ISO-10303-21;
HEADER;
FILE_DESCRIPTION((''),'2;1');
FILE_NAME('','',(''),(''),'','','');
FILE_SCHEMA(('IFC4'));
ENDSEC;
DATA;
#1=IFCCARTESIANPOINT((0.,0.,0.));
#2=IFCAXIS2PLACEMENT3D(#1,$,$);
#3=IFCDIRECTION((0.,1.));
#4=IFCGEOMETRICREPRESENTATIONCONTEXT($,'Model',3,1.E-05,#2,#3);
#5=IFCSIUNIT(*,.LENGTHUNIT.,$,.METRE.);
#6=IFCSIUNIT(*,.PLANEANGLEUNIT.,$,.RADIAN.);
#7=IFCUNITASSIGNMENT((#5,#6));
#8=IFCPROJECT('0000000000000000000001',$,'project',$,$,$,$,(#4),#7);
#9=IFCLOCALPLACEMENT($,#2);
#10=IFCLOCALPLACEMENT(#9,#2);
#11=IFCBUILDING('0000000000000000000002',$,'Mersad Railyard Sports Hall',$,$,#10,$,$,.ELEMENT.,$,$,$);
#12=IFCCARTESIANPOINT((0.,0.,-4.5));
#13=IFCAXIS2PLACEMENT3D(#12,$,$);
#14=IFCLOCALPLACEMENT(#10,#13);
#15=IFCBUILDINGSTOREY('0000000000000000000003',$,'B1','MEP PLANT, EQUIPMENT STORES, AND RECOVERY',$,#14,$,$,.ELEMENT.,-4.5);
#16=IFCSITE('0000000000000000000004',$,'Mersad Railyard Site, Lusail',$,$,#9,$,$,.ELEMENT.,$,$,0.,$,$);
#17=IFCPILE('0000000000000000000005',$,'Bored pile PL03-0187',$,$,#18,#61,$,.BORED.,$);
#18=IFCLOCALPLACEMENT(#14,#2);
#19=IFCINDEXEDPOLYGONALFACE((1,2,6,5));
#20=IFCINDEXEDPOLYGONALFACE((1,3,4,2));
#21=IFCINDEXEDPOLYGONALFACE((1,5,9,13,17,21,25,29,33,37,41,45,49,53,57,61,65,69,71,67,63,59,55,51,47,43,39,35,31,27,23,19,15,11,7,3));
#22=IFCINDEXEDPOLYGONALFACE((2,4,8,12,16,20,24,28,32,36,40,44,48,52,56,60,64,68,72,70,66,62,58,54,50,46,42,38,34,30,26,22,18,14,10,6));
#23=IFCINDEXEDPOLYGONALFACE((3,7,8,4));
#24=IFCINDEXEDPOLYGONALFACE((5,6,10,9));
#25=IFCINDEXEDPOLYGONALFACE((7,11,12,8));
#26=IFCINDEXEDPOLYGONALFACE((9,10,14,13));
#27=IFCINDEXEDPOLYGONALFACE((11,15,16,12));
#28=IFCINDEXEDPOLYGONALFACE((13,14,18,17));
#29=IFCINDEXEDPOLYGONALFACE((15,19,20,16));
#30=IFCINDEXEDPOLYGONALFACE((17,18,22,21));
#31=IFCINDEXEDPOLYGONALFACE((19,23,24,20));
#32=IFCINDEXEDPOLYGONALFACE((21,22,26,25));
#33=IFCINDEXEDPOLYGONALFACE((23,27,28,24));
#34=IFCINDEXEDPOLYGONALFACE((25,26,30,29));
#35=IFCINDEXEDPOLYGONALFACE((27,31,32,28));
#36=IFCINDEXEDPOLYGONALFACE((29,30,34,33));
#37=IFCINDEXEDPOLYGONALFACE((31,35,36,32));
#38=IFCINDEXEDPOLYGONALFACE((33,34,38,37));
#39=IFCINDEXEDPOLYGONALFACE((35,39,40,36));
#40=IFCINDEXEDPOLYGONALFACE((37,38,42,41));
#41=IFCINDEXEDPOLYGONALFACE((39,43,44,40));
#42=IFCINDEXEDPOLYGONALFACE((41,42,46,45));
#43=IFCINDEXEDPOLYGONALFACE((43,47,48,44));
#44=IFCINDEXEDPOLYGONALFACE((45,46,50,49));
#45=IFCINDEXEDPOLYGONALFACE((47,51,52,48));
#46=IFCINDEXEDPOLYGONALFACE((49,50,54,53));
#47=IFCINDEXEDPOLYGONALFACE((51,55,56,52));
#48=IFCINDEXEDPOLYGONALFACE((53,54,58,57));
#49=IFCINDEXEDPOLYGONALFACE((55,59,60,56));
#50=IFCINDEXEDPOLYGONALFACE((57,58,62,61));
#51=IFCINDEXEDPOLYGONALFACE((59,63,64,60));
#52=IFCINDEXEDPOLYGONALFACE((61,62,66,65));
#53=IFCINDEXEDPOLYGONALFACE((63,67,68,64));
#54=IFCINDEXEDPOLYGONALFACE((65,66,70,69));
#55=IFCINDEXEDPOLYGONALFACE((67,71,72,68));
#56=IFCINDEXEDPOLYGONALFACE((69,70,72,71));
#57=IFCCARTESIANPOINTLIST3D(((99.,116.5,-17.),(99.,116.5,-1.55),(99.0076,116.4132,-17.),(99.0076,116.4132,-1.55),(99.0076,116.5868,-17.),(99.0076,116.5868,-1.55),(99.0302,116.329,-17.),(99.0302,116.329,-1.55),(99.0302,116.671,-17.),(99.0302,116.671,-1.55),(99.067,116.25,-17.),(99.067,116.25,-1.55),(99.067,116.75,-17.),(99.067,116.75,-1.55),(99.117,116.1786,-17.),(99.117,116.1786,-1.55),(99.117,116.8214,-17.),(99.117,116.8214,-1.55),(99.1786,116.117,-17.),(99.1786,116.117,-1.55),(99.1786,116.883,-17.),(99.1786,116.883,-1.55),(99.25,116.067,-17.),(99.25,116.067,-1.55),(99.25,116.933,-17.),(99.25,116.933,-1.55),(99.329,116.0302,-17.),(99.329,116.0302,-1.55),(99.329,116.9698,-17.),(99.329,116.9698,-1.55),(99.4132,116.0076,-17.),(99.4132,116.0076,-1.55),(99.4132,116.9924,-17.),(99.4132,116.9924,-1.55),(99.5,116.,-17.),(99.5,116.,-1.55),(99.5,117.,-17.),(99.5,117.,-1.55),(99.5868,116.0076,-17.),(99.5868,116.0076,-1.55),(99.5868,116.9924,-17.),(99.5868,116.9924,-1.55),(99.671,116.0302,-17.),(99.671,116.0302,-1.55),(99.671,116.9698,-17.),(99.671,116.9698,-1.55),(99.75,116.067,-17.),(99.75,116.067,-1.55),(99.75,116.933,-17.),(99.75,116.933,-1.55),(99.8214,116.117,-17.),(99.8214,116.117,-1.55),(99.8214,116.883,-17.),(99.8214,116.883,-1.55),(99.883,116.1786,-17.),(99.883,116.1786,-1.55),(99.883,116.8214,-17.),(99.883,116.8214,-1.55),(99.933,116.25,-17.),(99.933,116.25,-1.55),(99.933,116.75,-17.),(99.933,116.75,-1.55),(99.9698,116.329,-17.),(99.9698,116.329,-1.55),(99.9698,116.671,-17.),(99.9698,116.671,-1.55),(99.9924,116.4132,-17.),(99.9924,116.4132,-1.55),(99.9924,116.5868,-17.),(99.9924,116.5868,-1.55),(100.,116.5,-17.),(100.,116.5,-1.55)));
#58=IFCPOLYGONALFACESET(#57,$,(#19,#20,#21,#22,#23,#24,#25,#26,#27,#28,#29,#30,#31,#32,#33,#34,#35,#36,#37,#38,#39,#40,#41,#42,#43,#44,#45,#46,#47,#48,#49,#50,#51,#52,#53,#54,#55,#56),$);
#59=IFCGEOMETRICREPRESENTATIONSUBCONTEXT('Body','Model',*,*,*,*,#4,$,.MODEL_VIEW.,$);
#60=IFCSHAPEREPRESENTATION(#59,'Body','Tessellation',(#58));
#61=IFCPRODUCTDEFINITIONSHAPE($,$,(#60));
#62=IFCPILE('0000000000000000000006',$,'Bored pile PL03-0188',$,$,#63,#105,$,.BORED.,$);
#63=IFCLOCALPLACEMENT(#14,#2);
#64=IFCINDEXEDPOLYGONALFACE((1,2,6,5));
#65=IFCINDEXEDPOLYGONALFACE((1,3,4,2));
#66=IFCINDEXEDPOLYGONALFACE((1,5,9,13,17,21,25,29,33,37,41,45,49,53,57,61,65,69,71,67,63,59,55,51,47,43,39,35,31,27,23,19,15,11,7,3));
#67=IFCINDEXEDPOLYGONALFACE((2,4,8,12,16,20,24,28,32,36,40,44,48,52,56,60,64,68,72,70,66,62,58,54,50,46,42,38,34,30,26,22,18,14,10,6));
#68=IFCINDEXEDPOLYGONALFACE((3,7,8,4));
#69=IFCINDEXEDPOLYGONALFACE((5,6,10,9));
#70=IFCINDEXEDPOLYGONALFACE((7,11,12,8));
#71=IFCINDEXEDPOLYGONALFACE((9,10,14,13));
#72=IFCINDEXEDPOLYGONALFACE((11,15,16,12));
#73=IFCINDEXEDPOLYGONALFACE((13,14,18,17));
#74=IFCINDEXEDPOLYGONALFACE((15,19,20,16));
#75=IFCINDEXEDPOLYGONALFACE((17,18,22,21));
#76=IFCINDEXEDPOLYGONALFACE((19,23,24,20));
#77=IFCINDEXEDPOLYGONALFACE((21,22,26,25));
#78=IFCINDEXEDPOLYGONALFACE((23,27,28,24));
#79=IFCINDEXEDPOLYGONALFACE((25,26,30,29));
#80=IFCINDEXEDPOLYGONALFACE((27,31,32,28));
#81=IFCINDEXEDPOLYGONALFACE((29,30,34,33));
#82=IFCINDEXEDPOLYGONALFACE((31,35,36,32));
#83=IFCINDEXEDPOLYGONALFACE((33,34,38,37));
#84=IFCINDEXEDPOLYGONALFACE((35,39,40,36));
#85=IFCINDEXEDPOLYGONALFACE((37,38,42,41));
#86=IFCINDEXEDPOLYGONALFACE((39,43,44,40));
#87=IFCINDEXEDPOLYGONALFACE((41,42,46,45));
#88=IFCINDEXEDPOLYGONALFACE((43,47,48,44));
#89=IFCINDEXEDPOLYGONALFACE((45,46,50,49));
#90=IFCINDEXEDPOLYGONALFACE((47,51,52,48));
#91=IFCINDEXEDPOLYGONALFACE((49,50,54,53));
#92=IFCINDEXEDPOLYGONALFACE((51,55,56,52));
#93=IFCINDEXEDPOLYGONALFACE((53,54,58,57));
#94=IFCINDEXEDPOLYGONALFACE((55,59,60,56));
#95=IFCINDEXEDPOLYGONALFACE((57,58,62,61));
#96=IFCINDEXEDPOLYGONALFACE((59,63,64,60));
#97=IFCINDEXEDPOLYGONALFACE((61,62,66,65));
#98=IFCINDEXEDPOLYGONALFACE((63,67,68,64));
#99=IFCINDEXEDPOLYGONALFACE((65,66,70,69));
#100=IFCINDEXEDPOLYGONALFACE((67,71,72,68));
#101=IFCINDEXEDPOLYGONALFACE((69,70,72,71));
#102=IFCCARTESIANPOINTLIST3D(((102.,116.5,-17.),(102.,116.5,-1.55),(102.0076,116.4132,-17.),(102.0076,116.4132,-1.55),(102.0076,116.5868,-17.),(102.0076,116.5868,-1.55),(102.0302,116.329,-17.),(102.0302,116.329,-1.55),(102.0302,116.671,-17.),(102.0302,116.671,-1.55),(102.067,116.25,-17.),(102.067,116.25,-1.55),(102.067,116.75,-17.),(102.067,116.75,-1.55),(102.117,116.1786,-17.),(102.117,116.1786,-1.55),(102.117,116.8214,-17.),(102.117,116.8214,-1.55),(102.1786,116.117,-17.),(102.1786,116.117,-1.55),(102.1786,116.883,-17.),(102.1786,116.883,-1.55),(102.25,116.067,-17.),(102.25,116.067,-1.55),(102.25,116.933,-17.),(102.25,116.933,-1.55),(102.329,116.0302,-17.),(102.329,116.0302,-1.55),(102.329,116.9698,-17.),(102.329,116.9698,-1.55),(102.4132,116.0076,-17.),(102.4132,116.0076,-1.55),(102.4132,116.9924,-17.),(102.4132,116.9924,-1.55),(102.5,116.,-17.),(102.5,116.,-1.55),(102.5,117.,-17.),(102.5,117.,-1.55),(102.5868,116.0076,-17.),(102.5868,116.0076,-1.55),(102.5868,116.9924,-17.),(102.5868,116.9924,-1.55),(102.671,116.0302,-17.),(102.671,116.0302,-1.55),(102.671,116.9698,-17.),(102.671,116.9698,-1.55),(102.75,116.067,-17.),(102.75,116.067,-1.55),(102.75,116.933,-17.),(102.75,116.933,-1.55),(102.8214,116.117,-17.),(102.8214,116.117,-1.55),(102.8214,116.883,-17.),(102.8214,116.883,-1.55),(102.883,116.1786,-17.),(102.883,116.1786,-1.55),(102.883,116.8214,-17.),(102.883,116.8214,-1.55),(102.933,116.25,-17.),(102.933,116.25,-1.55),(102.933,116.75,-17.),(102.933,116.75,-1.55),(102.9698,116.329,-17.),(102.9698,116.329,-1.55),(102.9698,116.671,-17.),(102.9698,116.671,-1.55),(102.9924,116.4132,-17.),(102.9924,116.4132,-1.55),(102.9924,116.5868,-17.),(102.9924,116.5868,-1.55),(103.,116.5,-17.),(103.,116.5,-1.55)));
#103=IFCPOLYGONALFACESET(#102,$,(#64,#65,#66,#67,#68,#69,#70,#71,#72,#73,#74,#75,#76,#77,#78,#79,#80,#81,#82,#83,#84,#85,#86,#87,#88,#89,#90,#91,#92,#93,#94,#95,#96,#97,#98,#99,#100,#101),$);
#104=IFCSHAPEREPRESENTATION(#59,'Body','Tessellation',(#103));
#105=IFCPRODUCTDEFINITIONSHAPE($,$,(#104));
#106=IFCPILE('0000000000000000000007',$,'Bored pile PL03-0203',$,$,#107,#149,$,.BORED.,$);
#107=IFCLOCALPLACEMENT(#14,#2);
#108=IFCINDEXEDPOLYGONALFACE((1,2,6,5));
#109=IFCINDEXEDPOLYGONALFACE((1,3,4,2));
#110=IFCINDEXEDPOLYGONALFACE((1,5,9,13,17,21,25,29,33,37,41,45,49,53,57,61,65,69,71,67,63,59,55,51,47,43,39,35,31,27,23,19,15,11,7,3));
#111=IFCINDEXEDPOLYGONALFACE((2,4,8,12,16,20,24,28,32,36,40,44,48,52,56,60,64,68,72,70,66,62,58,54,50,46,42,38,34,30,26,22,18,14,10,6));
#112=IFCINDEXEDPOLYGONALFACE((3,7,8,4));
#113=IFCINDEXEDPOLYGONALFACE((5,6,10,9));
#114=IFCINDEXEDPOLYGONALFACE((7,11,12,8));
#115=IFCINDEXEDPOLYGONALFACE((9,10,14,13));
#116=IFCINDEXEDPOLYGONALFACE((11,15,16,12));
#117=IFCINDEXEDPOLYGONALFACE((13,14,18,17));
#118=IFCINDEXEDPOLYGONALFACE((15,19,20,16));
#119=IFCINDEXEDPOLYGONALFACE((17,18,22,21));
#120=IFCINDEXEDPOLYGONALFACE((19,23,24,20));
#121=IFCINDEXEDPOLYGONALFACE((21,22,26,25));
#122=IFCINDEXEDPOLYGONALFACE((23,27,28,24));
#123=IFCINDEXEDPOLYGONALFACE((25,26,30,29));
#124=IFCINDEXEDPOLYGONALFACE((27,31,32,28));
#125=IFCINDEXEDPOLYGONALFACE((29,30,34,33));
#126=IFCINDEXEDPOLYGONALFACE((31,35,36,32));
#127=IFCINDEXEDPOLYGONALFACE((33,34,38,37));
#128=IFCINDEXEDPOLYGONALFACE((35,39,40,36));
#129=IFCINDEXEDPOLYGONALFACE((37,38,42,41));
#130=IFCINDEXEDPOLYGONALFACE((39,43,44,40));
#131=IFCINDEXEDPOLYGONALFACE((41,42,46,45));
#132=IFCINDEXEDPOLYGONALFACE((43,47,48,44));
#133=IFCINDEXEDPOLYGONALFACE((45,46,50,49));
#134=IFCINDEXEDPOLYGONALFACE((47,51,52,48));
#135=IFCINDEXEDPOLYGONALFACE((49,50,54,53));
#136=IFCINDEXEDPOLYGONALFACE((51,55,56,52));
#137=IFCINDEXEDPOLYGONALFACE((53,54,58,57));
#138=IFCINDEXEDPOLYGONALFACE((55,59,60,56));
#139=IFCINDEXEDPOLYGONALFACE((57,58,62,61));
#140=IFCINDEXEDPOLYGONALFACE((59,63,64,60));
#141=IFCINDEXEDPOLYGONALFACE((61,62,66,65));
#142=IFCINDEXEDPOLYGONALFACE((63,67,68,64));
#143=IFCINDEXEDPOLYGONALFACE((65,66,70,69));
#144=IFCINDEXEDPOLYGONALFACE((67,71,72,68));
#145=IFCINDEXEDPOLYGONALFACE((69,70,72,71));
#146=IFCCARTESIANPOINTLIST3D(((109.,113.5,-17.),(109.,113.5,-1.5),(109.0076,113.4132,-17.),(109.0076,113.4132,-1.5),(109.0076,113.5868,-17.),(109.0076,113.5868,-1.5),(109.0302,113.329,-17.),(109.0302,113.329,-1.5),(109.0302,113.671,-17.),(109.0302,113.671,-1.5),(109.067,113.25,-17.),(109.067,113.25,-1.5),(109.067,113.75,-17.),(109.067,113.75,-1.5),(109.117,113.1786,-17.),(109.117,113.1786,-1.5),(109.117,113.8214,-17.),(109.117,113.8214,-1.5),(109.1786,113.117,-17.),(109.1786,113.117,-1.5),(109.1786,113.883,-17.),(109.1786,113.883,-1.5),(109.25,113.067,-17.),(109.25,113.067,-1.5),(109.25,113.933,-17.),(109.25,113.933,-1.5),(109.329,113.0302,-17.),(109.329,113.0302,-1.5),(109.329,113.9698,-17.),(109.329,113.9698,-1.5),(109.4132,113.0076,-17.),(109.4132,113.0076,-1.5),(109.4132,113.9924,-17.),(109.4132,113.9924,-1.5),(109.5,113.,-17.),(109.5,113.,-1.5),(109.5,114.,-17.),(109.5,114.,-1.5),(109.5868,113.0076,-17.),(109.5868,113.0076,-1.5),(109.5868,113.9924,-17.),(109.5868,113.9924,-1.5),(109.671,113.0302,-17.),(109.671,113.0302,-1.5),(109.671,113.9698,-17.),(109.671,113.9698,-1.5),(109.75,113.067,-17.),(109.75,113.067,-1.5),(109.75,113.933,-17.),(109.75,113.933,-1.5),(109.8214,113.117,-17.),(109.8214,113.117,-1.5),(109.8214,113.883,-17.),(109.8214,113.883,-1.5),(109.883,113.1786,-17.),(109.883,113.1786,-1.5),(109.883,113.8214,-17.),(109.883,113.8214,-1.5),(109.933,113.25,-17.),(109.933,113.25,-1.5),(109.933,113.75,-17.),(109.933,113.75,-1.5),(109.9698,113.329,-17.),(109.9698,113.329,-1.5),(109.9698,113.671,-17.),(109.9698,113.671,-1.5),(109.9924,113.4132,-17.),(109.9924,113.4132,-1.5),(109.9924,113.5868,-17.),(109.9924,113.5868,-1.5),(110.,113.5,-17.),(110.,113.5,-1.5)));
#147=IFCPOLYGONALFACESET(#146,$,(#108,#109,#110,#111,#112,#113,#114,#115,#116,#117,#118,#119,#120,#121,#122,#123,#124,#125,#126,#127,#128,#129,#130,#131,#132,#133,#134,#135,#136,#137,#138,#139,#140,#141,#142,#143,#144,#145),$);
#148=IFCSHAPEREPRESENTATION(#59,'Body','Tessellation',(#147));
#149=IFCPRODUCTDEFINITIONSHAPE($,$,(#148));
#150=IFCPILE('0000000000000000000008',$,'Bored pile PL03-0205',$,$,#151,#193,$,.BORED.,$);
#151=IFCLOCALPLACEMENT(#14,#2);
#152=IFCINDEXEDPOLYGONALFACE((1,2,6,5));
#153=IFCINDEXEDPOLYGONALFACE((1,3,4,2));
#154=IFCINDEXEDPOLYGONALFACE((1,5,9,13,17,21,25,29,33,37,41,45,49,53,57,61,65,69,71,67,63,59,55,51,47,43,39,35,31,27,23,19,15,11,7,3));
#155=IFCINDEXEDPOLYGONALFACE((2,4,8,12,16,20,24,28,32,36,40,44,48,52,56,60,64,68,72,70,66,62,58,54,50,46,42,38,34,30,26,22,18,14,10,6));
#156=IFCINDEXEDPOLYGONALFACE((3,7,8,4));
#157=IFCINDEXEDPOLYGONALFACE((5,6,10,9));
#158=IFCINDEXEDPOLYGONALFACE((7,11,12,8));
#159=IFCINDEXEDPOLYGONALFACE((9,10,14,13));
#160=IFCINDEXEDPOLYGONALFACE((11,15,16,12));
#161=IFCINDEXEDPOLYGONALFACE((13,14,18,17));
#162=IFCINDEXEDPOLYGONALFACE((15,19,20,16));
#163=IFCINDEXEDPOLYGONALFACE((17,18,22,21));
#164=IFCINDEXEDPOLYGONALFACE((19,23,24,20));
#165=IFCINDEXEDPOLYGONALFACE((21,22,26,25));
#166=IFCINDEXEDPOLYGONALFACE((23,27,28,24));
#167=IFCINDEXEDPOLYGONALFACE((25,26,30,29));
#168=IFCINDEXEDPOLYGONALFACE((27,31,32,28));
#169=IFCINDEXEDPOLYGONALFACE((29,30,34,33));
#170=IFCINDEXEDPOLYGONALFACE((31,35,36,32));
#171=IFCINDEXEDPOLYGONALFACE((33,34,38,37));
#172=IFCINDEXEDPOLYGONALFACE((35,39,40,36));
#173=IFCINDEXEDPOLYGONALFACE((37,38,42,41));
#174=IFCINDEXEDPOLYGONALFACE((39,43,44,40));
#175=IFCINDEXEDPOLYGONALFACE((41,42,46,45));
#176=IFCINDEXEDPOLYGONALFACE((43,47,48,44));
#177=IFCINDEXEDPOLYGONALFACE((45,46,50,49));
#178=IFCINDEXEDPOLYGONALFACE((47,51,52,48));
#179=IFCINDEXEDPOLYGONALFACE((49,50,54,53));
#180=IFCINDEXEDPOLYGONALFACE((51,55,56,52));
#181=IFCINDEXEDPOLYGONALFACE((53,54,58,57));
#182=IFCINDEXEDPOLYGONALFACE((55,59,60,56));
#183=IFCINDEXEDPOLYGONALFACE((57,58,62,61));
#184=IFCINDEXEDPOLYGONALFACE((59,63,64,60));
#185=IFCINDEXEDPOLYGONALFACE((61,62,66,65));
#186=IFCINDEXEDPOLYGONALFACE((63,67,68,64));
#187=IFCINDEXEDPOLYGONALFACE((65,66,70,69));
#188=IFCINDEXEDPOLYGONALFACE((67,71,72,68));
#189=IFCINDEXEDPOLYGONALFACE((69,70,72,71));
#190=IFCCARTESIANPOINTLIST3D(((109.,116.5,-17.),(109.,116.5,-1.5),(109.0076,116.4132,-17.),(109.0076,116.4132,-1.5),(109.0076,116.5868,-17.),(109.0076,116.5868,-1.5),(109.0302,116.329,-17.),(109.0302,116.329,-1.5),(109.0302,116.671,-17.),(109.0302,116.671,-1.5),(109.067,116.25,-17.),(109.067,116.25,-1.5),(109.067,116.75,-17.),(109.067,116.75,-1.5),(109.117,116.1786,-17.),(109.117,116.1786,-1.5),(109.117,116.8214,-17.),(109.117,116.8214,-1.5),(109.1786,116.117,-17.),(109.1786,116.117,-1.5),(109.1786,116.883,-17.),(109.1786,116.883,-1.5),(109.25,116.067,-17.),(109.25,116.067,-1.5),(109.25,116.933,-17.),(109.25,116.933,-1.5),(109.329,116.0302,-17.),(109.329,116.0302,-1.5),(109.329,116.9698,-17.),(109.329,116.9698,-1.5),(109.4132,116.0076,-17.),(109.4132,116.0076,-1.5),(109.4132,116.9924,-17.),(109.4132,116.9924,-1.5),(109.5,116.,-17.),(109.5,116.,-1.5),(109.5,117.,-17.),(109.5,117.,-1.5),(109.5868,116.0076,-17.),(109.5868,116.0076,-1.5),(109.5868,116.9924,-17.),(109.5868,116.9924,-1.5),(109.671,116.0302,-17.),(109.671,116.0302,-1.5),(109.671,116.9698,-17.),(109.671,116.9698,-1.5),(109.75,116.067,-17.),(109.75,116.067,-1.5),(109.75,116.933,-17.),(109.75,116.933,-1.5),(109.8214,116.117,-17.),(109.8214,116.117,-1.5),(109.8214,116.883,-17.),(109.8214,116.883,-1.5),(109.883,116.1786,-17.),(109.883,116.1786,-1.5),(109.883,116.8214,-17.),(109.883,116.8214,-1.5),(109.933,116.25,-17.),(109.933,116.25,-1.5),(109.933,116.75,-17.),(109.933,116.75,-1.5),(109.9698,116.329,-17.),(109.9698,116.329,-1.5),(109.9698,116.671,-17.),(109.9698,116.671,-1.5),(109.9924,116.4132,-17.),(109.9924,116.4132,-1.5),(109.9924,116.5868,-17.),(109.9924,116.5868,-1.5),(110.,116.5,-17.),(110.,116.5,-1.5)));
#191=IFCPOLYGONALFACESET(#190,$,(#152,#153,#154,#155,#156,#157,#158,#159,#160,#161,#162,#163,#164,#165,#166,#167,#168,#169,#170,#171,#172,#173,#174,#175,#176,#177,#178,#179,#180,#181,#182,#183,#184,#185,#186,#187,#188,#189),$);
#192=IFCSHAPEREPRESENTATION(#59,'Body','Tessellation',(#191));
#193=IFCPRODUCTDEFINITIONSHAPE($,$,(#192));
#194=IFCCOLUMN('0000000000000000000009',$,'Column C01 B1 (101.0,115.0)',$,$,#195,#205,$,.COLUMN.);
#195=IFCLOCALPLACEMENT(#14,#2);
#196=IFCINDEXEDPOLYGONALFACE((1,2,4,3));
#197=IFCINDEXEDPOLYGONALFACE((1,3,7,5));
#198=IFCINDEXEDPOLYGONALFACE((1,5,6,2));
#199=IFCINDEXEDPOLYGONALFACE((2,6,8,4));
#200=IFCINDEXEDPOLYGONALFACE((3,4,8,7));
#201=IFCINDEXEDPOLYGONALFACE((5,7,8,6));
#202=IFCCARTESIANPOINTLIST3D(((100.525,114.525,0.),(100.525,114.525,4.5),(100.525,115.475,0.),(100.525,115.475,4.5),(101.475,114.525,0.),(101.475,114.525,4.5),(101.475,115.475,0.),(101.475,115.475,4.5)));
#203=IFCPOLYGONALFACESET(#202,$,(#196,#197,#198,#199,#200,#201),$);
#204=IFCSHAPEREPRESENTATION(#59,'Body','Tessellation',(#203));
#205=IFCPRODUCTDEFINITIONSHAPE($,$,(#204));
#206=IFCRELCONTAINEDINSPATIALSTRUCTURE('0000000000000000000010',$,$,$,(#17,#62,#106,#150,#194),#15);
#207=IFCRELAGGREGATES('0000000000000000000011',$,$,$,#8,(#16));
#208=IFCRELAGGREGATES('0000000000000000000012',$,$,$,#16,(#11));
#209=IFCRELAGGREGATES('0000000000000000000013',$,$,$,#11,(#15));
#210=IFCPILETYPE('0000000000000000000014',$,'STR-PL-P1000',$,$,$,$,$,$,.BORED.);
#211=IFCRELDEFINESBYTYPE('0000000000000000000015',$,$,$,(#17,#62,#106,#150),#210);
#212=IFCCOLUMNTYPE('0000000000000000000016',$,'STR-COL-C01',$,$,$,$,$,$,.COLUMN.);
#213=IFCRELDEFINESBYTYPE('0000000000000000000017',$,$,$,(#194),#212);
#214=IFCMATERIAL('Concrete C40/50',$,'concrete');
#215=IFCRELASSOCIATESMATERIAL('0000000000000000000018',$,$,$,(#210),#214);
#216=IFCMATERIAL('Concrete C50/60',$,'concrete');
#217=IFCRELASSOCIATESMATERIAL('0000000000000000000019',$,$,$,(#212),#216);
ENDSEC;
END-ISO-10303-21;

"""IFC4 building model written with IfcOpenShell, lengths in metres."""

from ifc_helpers import new_model, si_unit, direction, frame, origin, origin_2d, place, context, subcontext, project, spatial, rectangle, circle, extrude, material, material_profile, profile_set, type_object, element, save


model = new_model("IFC4")

# Units and contexts
model_context = context("Model", 3, precision=1e-05, world=origin(), true_north=direction((0.0, 1.0)))
body_context = subcontext(model_context, "Body", "Model", "MODEL_VIEW")
ifc_project = project(units=[si_unit("LENGTHUNIT", "METRE"), si_unit("PLANEANGLEUNIT", "RADIAN")], contexts=[model_context])

# Site, building, storey
site_placement = place(None, origin())
site = spatial("IfcSite", under=ifc_project, at=site_placement, Name="Mersad Railyard Site, Lusail", CompositionType="ELEMENT", RefElevation=0.0)
building_placement = place(site_placement, origin())
building = spatial("IfcBuilding", under=site, at=building_placement, Name="Mersad Railyard Sports Hall", CompositionType="ELEMENT")
storey_placement = place(building_placement, frame((0.0, 0.0, -4.5)))
storey = spatial("IfcBuildingStorey", under=building, at=storey_placement, Name="B1", Description="MEP PLANT, EQUIPMENT STORES, AND RECOVERY", CompositionType="ELEMENT", Elevation=-4.5)

# Shared definitions
ifc_material_1 = material(Name="Concrete C40/50", Category="concrete")

# Piles
ifc_material_profile_1 = material_profile(ifc_material_1, circle(Radius=0.5, at=origin_2d()), Name="BORED PILE D1000")
ifc_profile_set_1 = profile_set([ifc_material_profile_1], Name="Concrete C40/50")
pile_type = type_object("IfcPileType", Name="STR-PL-P1000", PredefinedType="BORED", material=ifc_profile_set_1)
for number, where, z_axis, x_axis, name in (
    (1, (99.5, 116.5, -1.55), (0.0, 0.0, -1.0), (1.0, 0.0, 0.0), "Bored pile PL03-0187"),
    (2, (102.5, 116.5, -1.55), (0.0, 0.0, -1.0), (1.0, 0.0, 0.0), "Bored pile PL03-0188"),
):
    element("IfcPile", number, at=place(storey_placement, frame(where, z_axis=z_axis, x_axis=x_axis)), inside=storey, type_object=pile_type, Name=name, PredefinedType="BORED", context=body_context, shape_type="SweptSolid", body=[
        extrude(circle(Radius=0.5, at=origin_2d()), origin(), (0.0, 0.0, 1.0), 15.45),
    ])
for number, where, z_axis, x_axis, name in (
    (3, (109.5, 113.5, -1.5), (0.0, 0.0, -1.0), (1.0, 0.0, 0.0), "Bored pile PL03-0203"),
    (4, (109.5, 116.5, -1.5), (0.0, 0.0, -1.0), (1.0, 0.0, 0.0), "Bored pile PL03-0205"),
):
    element("IfcPile", number, at=place(storey_placement, frame(where, z_axis=z_axis, x_axis=x_axis)), inside=storey, type_object=pile_type, Name=name, PredefinedType="BORED", context=body_context, shape_type="SweptSolid", body=[
        extrude(circle(Radius=0.5, at=origin_2d()), origin(), (0.0, 0.0, 1.0), 15.5),
    ])

# Column
ifc_material_2 = material(Name="Concrete C50/60", Category="concrete")
ifc_material_profile_2 = material_profile(ifc_material_2, rectangle(XDim=0.95, YDim=0.95, at=origin_2d()), Name="RC 950x950")
ifc_profile_set_2 = profile_set([ifc_material_profile_2], Name="Concrete C50/60")
column_type = type_object("IfcColumnType", Name="STR-COL-C01", PredefinedType="COLUMN", material=ifc_profile_set_2)
column_placement = place(storey_placement, frame((101.0, 115.0, 0.0), z_axis=(0.0, 0.0, 1.0), x_axis=(1.0, 0.0, 0.0)))
element("IfcColumn", 5, at=column_placement, inside=storey, type_object=column_type, Name="Column C01 B1 (101.0,115.0)", PredefinedType="COLUMN", context=body_context, shape_type="SweptSolid", body=[
    extrude(rectangle(XDim=0.95, YDim=0.95, at=origin_2d()), origin(), (0.0, 0.0, 1.0), 4.5),
])

save(model, "model.ifc")
